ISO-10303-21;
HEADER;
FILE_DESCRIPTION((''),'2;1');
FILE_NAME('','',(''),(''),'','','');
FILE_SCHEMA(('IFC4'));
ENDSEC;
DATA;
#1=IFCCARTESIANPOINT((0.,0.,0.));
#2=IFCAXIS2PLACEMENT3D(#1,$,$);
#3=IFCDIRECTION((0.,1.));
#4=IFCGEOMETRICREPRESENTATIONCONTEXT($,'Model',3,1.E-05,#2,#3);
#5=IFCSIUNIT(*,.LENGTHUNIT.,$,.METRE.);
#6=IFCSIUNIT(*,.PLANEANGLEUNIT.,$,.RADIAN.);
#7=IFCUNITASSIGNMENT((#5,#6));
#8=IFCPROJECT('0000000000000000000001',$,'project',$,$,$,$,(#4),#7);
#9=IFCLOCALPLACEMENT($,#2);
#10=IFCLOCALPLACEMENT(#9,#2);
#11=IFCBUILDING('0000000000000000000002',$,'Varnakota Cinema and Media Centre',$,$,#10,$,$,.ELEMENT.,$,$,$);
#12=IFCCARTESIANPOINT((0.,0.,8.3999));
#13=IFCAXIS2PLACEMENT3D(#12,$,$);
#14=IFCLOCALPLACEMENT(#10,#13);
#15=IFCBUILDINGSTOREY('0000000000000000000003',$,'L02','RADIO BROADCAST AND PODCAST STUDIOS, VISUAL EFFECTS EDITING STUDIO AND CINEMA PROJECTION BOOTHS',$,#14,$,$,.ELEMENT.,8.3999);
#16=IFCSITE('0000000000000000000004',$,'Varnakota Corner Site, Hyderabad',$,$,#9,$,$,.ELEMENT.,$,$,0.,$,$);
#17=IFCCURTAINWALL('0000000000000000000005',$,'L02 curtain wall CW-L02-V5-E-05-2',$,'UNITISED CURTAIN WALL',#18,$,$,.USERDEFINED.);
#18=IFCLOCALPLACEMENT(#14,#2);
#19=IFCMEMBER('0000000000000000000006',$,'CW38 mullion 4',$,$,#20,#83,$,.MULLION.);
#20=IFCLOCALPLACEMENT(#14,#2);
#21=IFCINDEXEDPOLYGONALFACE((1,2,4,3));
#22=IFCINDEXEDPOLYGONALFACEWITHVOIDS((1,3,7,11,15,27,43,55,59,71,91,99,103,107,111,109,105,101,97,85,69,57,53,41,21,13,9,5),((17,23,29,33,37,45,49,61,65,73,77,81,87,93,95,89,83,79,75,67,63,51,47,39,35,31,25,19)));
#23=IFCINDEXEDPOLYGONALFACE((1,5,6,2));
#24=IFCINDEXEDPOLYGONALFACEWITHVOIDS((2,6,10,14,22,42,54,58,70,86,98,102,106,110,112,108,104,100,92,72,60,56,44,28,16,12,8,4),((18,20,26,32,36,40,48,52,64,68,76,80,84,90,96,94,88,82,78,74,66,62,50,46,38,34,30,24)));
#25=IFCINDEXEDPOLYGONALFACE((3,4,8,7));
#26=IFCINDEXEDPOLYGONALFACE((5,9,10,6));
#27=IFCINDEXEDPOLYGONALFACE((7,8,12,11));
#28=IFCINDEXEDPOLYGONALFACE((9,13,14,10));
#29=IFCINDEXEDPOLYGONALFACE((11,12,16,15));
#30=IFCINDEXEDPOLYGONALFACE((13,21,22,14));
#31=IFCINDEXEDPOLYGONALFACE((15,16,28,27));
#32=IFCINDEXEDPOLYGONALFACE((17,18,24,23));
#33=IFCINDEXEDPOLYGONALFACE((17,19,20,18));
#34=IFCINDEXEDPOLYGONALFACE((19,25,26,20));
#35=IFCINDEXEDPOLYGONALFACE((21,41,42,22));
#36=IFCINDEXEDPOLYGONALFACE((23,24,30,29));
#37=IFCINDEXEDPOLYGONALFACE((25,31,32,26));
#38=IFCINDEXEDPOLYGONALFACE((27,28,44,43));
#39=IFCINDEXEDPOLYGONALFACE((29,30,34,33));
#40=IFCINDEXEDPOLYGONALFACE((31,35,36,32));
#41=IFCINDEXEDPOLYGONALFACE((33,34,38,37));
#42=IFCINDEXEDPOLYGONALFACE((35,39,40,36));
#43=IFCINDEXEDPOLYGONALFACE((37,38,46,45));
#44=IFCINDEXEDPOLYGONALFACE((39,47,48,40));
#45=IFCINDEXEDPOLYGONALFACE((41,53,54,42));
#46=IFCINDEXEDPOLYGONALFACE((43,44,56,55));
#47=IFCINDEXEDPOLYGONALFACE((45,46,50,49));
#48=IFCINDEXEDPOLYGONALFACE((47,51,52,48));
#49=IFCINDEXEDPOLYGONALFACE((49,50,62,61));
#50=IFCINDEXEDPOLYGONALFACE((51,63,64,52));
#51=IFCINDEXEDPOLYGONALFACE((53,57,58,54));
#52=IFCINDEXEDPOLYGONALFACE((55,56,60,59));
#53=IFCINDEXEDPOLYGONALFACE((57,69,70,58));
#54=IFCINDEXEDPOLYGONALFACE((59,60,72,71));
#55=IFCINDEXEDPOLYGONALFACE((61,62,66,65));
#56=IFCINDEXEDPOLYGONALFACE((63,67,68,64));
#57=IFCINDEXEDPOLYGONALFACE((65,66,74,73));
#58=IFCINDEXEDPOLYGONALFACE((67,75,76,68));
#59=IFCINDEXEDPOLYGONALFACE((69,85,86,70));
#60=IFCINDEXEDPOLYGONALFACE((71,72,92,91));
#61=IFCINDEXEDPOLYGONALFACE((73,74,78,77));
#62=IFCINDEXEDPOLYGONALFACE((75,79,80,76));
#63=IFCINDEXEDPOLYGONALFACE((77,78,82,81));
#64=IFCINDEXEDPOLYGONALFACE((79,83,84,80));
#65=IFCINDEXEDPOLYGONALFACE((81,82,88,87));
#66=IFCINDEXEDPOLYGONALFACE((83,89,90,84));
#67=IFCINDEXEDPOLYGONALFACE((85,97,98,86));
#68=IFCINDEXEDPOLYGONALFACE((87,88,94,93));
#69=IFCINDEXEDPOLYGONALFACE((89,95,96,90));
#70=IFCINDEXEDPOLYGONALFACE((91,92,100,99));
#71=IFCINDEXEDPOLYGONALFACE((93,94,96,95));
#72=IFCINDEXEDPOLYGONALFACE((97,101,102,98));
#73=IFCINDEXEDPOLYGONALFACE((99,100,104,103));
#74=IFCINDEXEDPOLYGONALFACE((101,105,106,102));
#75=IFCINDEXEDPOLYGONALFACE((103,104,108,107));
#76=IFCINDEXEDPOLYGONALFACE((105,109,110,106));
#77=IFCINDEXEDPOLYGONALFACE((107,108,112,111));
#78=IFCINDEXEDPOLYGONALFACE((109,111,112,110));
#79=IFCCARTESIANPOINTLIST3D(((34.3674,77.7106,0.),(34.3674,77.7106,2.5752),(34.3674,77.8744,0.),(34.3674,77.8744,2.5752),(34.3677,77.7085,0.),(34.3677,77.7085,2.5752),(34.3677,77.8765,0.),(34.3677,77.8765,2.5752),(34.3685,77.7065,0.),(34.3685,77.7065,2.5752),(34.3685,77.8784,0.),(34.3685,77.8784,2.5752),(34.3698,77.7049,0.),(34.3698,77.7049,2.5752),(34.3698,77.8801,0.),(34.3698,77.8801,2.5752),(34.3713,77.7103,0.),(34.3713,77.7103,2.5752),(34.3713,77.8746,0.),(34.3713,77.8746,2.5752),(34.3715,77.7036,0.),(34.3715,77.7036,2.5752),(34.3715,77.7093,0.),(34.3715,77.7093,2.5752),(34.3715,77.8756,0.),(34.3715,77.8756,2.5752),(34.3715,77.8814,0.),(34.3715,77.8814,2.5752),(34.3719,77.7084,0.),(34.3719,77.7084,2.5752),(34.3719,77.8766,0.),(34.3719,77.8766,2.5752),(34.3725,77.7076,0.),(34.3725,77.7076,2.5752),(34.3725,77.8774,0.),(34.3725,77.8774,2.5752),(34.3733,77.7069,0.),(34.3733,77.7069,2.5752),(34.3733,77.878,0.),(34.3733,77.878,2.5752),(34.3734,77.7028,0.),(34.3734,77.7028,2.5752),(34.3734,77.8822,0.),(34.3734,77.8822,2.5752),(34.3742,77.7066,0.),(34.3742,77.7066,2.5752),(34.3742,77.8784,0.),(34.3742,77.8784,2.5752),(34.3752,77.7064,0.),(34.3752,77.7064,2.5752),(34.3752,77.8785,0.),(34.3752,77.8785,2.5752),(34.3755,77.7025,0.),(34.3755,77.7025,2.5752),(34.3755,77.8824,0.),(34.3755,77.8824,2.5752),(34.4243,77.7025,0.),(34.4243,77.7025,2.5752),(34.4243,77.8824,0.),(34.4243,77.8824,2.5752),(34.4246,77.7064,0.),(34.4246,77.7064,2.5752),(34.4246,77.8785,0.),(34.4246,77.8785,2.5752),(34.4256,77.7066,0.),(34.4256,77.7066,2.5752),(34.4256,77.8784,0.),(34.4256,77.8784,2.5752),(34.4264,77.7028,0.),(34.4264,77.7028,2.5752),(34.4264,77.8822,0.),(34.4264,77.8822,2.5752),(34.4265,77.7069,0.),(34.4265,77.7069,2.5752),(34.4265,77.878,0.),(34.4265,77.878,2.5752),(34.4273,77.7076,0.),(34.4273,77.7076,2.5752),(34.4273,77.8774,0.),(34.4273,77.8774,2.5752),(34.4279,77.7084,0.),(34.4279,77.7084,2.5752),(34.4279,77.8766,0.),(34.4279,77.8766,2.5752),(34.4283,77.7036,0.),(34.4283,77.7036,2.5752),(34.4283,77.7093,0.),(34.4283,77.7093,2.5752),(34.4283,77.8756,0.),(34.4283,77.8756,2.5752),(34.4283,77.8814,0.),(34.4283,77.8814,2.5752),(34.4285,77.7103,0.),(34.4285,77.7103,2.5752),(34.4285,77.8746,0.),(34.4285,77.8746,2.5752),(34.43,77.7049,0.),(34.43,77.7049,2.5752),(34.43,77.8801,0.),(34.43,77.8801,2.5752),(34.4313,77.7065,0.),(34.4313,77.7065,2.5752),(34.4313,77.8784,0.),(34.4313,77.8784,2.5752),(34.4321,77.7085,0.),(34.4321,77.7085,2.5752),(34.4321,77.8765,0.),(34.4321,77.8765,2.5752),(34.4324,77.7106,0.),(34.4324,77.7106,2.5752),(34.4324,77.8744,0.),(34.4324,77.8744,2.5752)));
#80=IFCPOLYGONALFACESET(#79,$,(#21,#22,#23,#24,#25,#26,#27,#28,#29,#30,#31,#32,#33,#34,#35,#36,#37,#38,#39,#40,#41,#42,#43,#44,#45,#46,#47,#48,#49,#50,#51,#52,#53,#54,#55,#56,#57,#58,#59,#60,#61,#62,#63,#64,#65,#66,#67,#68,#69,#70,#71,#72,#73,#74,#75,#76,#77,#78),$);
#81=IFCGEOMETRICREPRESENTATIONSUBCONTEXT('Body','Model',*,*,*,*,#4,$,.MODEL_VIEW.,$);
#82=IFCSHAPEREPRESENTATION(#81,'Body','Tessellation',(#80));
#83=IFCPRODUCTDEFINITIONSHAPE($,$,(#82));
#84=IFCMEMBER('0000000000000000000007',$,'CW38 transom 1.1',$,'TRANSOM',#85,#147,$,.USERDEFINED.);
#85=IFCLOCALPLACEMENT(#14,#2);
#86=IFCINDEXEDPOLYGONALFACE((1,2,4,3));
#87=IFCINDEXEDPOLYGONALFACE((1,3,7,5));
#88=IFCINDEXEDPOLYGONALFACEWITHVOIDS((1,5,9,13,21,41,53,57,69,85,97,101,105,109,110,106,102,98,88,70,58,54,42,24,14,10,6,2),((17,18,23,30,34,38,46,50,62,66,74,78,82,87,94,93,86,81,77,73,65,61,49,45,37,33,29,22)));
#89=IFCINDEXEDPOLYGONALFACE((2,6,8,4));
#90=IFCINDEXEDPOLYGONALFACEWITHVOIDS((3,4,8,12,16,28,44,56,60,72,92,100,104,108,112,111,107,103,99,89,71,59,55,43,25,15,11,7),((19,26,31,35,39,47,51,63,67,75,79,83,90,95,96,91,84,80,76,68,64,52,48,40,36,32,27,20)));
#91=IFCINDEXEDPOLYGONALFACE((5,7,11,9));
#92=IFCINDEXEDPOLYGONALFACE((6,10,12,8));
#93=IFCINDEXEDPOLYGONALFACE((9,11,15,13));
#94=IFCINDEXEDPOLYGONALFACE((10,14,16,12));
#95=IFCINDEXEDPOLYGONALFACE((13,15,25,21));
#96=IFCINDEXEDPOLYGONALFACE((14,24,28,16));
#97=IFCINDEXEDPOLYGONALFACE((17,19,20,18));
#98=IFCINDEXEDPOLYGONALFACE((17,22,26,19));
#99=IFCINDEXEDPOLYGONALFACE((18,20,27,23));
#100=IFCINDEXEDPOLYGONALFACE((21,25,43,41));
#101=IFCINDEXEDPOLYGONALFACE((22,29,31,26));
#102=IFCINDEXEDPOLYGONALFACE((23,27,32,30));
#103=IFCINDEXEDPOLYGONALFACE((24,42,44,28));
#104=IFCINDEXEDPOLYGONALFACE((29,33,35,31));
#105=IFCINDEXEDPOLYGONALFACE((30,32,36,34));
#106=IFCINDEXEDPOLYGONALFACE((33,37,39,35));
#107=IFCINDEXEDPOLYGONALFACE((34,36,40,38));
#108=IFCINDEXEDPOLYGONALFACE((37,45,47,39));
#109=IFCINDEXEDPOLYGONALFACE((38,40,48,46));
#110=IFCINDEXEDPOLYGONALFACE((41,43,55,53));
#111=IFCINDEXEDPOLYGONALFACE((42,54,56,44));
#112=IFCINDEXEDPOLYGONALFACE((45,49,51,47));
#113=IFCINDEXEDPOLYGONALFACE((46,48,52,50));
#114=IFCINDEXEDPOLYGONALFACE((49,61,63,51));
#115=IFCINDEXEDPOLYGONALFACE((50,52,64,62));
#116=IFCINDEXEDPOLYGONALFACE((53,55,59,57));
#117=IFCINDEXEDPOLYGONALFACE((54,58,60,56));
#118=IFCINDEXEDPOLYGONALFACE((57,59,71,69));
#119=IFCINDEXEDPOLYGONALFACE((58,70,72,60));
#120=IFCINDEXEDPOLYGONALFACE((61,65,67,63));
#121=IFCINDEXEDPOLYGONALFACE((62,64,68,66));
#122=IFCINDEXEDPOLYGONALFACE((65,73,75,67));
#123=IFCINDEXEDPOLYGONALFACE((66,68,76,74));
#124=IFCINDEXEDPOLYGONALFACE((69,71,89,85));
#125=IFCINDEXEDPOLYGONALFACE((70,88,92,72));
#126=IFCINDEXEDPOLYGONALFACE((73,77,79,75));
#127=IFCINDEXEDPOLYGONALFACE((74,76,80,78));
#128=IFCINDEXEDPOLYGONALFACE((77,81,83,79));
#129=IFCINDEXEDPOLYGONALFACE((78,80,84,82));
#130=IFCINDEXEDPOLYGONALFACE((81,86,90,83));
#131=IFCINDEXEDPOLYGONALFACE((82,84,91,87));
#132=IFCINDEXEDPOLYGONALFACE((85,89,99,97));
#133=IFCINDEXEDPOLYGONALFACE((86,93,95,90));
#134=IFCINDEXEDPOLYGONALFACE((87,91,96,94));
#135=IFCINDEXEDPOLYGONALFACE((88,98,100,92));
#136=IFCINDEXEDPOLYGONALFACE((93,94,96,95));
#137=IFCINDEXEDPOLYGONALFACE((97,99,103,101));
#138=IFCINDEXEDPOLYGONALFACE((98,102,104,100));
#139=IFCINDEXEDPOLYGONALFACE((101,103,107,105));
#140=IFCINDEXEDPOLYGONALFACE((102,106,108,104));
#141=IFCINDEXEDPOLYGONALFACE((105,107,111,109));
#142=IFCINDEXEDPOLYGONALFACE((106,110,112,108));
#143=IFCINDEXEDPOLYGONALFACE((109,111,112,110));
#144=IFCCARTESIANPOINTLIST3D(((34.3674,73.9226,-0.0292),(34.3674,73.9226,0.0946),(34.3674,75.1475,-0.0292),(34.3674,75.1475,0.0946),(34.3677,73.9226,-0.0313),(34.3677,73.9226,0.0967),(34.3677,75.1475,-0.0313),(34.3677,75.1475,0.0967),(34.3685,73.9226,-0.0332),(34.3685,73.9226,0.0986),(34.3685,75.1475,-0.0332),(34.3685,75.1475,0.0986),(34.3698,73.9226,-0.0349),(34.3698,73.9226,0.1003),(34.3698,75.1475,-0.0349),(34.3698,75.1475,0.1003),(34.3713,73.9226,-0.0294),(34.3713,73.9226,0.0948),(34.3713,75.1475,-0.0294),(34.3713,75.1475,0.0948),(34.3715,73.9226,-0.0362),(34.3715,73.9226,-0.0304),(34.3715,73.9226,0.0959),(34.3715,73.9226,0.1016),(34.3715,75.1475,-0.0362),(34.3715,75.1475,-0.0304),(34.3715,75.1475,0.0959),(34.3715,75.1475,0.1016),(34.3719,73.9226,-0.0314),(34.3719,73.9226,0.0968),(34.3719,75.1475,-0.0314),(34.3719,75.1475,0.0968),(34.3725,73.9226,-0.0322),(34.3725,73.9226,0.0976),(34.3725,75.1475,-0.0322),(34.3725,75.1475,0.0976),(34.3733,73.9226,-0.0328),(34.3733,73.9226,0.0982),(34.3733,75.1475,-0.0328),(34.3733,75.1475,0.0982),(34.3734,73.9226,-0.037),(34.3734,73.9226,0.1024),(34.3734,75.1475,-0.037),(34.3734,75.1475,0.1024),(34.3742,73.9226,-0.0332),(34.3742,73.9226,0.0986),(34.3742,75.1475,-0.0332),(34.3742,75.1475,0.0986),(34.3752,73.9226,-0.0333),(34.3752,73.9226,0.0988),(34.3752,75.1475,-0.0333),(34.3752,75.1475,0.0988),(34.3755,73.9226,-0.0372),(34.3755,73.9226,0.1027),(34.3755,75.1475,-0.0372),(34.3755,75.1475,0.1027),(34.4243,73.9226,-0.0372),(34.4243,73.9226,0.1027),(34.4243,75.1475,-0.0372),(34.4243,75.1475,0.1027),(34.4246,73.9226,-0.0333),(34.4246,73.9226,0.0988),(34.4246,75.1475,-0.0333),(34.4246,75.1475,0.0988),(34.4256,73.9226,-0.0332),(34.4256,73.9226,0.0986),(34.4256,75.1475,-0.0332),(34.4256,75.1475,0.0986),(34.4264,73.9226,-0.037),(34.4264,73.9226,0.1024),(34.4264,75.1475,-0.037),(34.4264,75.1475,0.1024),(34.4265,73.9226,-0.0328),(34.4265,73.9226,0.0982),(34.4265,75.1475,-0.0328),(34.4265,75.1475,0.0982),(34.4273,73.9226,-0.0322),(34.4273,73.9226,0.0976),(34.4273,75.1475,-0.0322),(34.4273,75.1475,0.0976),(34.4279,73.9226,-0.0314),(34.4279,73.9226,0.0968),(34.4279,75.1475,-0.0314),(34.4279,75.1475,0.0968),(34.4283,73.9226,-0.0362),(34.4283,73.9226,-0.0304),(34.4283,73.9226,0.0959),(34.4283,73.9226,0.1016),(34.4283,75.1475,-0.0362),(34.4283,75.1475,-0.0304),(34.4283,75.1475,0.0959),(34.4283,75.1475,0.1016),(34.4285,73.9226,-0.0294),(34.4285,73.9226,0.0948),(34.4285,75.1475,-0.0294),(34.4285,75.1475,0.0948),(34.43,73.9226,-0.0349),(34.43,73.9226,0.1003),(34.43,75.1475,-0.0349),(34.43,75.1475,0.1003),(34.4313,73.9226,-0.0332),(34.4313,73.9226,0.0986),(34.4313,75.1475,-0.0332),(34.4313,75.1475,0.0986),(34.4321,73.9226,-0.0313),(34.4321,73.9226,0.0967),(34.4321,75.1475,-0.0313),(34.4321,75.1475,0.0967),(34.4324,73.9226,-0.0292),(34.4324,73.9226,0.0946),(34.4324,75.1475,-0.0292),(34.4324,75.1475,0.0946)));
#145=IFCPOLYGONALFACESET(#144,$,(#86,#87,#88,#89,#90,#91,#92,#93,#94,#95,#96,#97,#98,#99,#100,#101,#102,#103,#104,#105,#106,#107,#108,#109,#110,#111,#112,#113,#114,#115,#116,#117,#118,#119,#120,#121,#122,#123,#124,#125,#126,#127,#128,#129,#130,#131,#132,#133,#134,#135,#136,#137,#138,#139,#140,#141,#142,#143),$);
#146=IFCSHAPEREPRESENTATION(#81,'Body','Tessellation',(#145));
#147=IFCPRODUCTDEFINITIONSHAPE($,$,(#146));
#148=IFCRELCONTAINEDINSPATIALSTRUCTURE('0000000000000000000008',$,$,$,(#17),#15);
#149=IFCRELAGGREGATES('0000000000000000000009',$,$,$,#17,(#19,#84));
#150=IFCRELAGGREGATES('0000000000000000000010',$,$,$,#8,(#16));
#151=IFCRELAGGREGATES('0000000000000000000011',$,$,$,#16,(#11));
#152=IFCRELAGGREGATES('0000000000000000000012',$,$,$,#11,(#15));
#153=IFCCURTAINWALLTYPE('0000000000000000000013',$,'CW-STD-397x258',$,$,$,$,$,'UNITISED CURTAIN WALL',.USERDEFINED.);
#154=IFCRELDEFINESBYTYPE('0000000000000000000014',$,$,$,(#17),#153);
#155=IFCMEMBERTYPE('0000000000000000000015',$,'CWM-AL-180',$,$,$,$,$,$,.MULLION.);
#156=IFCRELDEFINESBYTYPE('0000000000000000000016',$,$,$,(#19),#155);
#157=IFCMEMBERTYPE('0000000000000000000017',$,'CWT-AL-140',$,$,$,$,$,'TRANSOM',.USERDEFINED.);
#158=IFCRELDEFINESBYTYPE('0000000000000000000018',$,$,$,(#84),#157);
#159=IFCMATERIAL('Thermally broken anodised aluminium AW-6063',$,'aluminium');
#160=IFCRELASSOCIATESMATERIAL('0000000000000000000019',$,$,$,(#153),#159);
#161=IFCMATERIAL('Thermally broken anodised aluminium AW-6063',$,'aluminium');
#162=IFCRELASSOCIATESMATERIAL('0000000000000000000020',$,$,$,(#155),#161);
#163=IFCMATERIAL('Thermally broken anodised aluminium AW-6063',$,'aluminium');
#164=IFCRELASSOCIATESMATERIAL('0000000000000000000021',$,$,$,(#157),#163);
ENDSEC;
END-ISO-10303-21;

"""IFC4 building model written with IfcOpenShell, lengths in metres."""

from ifc_helpers import new_model, si_unit, direction, frame, origin, origin_2d, place, context, subcontext, project, spatial, hollow_rectangle, extrude, material, material_profile, profile_set, type_object, element, aggregate, save


model = new_model("IFC4")

# Units and contexts
model_context = context("Model", 3, precision=1e-05, world=origin(), true_north=direction((0.0, 1.0)))
body_context = subcontext(model_context, "Body", "Model", "MODEL_VIEW")
ifc_project = project(units=[si_unit("LENGTHUNIT", "METRE"), si_unit("PLANEANGLEUNIT", "RADIAN")], contexts=[model_context])

# Site, building, storey
site_placement = place(None, origin())
site = spatial("IfcSite", under=ifc_project, at=site_placement, Name="Varnakota Corner Site, Hyderabad", CompositionType="ELEMENT", RefElevation=0.0)
building_placement = place(site_placement, origin())
building = spatial("IfcBuilding", under=site, at=building_placement, Name="Varnakota Cinema and Media Centre", CompositionType="ELEMENT")
storey_placement = place(building_placement, frame((0.0, 0.0, 8.3999)))
storey = spatial("IfcBuildingStorey", under=building, at=storey_placement, Name="L02", Description="RADIO BROADCAST AND PODCAST STUDIOS, VISUAL EFFECTS EDITING STUDIO AND CINEMA PROJECTION BOOTHS", CompositionType="ELEMENT", Elevation=8.3999)

# Shared definitions
ifc_material_1 = material(Name="Thermally broken anodised aluminium AW-6063", Category="aluminium")
curtain_wall_type = type_object("IfcCurtainWallType", Name="CW-STD-397x258", ElementType="UNITISED CURTAIN WALL", PredefinedType="USERDEFINED", material=ifc_material_1)
ifc_material_2 = material(Name="Thermally broken anodised aluminium AW-6063", Category="aluminium")
ifc_material_profile_1 = material_profile(ifc_material_2, hollow_rectangle(XDim=0.0649, YDim=0.1799, WallThickness=0.0039, InnerFilletRadius=0.0039, OuterFilletRadius=0.0081, at=origin_2d()), Name="AL-MULLION 180x65x4")
ifc_profile_set_1 = profile_set([ifc_material_profile_1], Name="Thermally broken anodised aluminium AW-6063")
member_type_1 = type_object("IfcMemberType", Name="CWM-AL-180", PredefinedType="MULLION", material=ifc_profile_set_1)

# Curtain wall, members
curtain_wall_1_placement = place(storey_placement, origin())
curtain_wall_1 = element("IfcCurtainWall", 1, at=curtain_wall_1_placement, inside=storey, type_object=curtain_wall_type, Name="L02 curtain wall CW-L02-V5-E-05-2", ObjectType="UNITISED CURTAIN WALL", PredefinedType="USERDEFINED")
member_1_placement = place(storey_placement, frame((34.3999, 77.7925, 0.0), z_axis=(0.0, 0.0, 1.0), x_axis=(-1.0, 0.0, 0.0)))
member_1 = element("IfcMember", 2, at=member_1_placement, type_object=member_type_1, Name="CW38 mullion 4", PredefinedType="MULLION", context=body_context, shape_type="SweptSolid", body=[
    extrude(hollow_rectangle(XDim=0.0649, YDim=0.1799, WallThickness=0.0039, InnerFilletRadius=0.0039, OuterFilletRadius=0.0081, at=origin_2d()), origin(), (0.0, 0.0, 1.0), 2.5752),
])
ifc_material_3 = material(Name="Thermally broken anodised aluminium AW-6063", Category="aluminium")
ifc_material_profile_2 = material_profile(ifc_material_3, hollow_rectangle(XDim=0.0649, YDim=0.1399, WallThickness=0.0039, InnerFilletRadius=0.0039, OuterFilletRadius=0.0081, at=origin_2d()), Name="AL-TRANSOM 140x65x4")
ifc_profile_set_2 = profile_set([ifc_material_profile_2], Name="Thermally broken anodised aluminium AW-6063")
member_type_2 = type_object("IfcMemberType", Name="CWT-AL-140", ElementType="TRANSOM", PredefinedType="USERDEFINED", material=ifc_profile_set_2)
member_2_placement = place(storey_placement, frame((34.3999, 73.9226, 0.0327), z_axis=(0.0, 1.0, 0.0), x_axis=(-1.0, 0.0, 0.0)))
member_2 = element("IfcMember", 3, at=member_2_placement, type_object=member_type_2, Name="CW38 transom 1.1", ObjectType="TRANSOM", PredefinedType="USERDEFINED", context=body_context, shape_type="SweptSolid", body=[
    extrude(hollow_rectangle(XDim=0.0649, YDim=0.1399, WallThickness=0.0039, InnerFilletRadius=0.0039, OuterFilletRadius=0.0081, at=origin_2d()), origin(), (0.0, 0.0, 1.0), 1.2249),
])
aggregate(curtain_wall_1, [member_1, member_2])

save(model, "model.ifc")
